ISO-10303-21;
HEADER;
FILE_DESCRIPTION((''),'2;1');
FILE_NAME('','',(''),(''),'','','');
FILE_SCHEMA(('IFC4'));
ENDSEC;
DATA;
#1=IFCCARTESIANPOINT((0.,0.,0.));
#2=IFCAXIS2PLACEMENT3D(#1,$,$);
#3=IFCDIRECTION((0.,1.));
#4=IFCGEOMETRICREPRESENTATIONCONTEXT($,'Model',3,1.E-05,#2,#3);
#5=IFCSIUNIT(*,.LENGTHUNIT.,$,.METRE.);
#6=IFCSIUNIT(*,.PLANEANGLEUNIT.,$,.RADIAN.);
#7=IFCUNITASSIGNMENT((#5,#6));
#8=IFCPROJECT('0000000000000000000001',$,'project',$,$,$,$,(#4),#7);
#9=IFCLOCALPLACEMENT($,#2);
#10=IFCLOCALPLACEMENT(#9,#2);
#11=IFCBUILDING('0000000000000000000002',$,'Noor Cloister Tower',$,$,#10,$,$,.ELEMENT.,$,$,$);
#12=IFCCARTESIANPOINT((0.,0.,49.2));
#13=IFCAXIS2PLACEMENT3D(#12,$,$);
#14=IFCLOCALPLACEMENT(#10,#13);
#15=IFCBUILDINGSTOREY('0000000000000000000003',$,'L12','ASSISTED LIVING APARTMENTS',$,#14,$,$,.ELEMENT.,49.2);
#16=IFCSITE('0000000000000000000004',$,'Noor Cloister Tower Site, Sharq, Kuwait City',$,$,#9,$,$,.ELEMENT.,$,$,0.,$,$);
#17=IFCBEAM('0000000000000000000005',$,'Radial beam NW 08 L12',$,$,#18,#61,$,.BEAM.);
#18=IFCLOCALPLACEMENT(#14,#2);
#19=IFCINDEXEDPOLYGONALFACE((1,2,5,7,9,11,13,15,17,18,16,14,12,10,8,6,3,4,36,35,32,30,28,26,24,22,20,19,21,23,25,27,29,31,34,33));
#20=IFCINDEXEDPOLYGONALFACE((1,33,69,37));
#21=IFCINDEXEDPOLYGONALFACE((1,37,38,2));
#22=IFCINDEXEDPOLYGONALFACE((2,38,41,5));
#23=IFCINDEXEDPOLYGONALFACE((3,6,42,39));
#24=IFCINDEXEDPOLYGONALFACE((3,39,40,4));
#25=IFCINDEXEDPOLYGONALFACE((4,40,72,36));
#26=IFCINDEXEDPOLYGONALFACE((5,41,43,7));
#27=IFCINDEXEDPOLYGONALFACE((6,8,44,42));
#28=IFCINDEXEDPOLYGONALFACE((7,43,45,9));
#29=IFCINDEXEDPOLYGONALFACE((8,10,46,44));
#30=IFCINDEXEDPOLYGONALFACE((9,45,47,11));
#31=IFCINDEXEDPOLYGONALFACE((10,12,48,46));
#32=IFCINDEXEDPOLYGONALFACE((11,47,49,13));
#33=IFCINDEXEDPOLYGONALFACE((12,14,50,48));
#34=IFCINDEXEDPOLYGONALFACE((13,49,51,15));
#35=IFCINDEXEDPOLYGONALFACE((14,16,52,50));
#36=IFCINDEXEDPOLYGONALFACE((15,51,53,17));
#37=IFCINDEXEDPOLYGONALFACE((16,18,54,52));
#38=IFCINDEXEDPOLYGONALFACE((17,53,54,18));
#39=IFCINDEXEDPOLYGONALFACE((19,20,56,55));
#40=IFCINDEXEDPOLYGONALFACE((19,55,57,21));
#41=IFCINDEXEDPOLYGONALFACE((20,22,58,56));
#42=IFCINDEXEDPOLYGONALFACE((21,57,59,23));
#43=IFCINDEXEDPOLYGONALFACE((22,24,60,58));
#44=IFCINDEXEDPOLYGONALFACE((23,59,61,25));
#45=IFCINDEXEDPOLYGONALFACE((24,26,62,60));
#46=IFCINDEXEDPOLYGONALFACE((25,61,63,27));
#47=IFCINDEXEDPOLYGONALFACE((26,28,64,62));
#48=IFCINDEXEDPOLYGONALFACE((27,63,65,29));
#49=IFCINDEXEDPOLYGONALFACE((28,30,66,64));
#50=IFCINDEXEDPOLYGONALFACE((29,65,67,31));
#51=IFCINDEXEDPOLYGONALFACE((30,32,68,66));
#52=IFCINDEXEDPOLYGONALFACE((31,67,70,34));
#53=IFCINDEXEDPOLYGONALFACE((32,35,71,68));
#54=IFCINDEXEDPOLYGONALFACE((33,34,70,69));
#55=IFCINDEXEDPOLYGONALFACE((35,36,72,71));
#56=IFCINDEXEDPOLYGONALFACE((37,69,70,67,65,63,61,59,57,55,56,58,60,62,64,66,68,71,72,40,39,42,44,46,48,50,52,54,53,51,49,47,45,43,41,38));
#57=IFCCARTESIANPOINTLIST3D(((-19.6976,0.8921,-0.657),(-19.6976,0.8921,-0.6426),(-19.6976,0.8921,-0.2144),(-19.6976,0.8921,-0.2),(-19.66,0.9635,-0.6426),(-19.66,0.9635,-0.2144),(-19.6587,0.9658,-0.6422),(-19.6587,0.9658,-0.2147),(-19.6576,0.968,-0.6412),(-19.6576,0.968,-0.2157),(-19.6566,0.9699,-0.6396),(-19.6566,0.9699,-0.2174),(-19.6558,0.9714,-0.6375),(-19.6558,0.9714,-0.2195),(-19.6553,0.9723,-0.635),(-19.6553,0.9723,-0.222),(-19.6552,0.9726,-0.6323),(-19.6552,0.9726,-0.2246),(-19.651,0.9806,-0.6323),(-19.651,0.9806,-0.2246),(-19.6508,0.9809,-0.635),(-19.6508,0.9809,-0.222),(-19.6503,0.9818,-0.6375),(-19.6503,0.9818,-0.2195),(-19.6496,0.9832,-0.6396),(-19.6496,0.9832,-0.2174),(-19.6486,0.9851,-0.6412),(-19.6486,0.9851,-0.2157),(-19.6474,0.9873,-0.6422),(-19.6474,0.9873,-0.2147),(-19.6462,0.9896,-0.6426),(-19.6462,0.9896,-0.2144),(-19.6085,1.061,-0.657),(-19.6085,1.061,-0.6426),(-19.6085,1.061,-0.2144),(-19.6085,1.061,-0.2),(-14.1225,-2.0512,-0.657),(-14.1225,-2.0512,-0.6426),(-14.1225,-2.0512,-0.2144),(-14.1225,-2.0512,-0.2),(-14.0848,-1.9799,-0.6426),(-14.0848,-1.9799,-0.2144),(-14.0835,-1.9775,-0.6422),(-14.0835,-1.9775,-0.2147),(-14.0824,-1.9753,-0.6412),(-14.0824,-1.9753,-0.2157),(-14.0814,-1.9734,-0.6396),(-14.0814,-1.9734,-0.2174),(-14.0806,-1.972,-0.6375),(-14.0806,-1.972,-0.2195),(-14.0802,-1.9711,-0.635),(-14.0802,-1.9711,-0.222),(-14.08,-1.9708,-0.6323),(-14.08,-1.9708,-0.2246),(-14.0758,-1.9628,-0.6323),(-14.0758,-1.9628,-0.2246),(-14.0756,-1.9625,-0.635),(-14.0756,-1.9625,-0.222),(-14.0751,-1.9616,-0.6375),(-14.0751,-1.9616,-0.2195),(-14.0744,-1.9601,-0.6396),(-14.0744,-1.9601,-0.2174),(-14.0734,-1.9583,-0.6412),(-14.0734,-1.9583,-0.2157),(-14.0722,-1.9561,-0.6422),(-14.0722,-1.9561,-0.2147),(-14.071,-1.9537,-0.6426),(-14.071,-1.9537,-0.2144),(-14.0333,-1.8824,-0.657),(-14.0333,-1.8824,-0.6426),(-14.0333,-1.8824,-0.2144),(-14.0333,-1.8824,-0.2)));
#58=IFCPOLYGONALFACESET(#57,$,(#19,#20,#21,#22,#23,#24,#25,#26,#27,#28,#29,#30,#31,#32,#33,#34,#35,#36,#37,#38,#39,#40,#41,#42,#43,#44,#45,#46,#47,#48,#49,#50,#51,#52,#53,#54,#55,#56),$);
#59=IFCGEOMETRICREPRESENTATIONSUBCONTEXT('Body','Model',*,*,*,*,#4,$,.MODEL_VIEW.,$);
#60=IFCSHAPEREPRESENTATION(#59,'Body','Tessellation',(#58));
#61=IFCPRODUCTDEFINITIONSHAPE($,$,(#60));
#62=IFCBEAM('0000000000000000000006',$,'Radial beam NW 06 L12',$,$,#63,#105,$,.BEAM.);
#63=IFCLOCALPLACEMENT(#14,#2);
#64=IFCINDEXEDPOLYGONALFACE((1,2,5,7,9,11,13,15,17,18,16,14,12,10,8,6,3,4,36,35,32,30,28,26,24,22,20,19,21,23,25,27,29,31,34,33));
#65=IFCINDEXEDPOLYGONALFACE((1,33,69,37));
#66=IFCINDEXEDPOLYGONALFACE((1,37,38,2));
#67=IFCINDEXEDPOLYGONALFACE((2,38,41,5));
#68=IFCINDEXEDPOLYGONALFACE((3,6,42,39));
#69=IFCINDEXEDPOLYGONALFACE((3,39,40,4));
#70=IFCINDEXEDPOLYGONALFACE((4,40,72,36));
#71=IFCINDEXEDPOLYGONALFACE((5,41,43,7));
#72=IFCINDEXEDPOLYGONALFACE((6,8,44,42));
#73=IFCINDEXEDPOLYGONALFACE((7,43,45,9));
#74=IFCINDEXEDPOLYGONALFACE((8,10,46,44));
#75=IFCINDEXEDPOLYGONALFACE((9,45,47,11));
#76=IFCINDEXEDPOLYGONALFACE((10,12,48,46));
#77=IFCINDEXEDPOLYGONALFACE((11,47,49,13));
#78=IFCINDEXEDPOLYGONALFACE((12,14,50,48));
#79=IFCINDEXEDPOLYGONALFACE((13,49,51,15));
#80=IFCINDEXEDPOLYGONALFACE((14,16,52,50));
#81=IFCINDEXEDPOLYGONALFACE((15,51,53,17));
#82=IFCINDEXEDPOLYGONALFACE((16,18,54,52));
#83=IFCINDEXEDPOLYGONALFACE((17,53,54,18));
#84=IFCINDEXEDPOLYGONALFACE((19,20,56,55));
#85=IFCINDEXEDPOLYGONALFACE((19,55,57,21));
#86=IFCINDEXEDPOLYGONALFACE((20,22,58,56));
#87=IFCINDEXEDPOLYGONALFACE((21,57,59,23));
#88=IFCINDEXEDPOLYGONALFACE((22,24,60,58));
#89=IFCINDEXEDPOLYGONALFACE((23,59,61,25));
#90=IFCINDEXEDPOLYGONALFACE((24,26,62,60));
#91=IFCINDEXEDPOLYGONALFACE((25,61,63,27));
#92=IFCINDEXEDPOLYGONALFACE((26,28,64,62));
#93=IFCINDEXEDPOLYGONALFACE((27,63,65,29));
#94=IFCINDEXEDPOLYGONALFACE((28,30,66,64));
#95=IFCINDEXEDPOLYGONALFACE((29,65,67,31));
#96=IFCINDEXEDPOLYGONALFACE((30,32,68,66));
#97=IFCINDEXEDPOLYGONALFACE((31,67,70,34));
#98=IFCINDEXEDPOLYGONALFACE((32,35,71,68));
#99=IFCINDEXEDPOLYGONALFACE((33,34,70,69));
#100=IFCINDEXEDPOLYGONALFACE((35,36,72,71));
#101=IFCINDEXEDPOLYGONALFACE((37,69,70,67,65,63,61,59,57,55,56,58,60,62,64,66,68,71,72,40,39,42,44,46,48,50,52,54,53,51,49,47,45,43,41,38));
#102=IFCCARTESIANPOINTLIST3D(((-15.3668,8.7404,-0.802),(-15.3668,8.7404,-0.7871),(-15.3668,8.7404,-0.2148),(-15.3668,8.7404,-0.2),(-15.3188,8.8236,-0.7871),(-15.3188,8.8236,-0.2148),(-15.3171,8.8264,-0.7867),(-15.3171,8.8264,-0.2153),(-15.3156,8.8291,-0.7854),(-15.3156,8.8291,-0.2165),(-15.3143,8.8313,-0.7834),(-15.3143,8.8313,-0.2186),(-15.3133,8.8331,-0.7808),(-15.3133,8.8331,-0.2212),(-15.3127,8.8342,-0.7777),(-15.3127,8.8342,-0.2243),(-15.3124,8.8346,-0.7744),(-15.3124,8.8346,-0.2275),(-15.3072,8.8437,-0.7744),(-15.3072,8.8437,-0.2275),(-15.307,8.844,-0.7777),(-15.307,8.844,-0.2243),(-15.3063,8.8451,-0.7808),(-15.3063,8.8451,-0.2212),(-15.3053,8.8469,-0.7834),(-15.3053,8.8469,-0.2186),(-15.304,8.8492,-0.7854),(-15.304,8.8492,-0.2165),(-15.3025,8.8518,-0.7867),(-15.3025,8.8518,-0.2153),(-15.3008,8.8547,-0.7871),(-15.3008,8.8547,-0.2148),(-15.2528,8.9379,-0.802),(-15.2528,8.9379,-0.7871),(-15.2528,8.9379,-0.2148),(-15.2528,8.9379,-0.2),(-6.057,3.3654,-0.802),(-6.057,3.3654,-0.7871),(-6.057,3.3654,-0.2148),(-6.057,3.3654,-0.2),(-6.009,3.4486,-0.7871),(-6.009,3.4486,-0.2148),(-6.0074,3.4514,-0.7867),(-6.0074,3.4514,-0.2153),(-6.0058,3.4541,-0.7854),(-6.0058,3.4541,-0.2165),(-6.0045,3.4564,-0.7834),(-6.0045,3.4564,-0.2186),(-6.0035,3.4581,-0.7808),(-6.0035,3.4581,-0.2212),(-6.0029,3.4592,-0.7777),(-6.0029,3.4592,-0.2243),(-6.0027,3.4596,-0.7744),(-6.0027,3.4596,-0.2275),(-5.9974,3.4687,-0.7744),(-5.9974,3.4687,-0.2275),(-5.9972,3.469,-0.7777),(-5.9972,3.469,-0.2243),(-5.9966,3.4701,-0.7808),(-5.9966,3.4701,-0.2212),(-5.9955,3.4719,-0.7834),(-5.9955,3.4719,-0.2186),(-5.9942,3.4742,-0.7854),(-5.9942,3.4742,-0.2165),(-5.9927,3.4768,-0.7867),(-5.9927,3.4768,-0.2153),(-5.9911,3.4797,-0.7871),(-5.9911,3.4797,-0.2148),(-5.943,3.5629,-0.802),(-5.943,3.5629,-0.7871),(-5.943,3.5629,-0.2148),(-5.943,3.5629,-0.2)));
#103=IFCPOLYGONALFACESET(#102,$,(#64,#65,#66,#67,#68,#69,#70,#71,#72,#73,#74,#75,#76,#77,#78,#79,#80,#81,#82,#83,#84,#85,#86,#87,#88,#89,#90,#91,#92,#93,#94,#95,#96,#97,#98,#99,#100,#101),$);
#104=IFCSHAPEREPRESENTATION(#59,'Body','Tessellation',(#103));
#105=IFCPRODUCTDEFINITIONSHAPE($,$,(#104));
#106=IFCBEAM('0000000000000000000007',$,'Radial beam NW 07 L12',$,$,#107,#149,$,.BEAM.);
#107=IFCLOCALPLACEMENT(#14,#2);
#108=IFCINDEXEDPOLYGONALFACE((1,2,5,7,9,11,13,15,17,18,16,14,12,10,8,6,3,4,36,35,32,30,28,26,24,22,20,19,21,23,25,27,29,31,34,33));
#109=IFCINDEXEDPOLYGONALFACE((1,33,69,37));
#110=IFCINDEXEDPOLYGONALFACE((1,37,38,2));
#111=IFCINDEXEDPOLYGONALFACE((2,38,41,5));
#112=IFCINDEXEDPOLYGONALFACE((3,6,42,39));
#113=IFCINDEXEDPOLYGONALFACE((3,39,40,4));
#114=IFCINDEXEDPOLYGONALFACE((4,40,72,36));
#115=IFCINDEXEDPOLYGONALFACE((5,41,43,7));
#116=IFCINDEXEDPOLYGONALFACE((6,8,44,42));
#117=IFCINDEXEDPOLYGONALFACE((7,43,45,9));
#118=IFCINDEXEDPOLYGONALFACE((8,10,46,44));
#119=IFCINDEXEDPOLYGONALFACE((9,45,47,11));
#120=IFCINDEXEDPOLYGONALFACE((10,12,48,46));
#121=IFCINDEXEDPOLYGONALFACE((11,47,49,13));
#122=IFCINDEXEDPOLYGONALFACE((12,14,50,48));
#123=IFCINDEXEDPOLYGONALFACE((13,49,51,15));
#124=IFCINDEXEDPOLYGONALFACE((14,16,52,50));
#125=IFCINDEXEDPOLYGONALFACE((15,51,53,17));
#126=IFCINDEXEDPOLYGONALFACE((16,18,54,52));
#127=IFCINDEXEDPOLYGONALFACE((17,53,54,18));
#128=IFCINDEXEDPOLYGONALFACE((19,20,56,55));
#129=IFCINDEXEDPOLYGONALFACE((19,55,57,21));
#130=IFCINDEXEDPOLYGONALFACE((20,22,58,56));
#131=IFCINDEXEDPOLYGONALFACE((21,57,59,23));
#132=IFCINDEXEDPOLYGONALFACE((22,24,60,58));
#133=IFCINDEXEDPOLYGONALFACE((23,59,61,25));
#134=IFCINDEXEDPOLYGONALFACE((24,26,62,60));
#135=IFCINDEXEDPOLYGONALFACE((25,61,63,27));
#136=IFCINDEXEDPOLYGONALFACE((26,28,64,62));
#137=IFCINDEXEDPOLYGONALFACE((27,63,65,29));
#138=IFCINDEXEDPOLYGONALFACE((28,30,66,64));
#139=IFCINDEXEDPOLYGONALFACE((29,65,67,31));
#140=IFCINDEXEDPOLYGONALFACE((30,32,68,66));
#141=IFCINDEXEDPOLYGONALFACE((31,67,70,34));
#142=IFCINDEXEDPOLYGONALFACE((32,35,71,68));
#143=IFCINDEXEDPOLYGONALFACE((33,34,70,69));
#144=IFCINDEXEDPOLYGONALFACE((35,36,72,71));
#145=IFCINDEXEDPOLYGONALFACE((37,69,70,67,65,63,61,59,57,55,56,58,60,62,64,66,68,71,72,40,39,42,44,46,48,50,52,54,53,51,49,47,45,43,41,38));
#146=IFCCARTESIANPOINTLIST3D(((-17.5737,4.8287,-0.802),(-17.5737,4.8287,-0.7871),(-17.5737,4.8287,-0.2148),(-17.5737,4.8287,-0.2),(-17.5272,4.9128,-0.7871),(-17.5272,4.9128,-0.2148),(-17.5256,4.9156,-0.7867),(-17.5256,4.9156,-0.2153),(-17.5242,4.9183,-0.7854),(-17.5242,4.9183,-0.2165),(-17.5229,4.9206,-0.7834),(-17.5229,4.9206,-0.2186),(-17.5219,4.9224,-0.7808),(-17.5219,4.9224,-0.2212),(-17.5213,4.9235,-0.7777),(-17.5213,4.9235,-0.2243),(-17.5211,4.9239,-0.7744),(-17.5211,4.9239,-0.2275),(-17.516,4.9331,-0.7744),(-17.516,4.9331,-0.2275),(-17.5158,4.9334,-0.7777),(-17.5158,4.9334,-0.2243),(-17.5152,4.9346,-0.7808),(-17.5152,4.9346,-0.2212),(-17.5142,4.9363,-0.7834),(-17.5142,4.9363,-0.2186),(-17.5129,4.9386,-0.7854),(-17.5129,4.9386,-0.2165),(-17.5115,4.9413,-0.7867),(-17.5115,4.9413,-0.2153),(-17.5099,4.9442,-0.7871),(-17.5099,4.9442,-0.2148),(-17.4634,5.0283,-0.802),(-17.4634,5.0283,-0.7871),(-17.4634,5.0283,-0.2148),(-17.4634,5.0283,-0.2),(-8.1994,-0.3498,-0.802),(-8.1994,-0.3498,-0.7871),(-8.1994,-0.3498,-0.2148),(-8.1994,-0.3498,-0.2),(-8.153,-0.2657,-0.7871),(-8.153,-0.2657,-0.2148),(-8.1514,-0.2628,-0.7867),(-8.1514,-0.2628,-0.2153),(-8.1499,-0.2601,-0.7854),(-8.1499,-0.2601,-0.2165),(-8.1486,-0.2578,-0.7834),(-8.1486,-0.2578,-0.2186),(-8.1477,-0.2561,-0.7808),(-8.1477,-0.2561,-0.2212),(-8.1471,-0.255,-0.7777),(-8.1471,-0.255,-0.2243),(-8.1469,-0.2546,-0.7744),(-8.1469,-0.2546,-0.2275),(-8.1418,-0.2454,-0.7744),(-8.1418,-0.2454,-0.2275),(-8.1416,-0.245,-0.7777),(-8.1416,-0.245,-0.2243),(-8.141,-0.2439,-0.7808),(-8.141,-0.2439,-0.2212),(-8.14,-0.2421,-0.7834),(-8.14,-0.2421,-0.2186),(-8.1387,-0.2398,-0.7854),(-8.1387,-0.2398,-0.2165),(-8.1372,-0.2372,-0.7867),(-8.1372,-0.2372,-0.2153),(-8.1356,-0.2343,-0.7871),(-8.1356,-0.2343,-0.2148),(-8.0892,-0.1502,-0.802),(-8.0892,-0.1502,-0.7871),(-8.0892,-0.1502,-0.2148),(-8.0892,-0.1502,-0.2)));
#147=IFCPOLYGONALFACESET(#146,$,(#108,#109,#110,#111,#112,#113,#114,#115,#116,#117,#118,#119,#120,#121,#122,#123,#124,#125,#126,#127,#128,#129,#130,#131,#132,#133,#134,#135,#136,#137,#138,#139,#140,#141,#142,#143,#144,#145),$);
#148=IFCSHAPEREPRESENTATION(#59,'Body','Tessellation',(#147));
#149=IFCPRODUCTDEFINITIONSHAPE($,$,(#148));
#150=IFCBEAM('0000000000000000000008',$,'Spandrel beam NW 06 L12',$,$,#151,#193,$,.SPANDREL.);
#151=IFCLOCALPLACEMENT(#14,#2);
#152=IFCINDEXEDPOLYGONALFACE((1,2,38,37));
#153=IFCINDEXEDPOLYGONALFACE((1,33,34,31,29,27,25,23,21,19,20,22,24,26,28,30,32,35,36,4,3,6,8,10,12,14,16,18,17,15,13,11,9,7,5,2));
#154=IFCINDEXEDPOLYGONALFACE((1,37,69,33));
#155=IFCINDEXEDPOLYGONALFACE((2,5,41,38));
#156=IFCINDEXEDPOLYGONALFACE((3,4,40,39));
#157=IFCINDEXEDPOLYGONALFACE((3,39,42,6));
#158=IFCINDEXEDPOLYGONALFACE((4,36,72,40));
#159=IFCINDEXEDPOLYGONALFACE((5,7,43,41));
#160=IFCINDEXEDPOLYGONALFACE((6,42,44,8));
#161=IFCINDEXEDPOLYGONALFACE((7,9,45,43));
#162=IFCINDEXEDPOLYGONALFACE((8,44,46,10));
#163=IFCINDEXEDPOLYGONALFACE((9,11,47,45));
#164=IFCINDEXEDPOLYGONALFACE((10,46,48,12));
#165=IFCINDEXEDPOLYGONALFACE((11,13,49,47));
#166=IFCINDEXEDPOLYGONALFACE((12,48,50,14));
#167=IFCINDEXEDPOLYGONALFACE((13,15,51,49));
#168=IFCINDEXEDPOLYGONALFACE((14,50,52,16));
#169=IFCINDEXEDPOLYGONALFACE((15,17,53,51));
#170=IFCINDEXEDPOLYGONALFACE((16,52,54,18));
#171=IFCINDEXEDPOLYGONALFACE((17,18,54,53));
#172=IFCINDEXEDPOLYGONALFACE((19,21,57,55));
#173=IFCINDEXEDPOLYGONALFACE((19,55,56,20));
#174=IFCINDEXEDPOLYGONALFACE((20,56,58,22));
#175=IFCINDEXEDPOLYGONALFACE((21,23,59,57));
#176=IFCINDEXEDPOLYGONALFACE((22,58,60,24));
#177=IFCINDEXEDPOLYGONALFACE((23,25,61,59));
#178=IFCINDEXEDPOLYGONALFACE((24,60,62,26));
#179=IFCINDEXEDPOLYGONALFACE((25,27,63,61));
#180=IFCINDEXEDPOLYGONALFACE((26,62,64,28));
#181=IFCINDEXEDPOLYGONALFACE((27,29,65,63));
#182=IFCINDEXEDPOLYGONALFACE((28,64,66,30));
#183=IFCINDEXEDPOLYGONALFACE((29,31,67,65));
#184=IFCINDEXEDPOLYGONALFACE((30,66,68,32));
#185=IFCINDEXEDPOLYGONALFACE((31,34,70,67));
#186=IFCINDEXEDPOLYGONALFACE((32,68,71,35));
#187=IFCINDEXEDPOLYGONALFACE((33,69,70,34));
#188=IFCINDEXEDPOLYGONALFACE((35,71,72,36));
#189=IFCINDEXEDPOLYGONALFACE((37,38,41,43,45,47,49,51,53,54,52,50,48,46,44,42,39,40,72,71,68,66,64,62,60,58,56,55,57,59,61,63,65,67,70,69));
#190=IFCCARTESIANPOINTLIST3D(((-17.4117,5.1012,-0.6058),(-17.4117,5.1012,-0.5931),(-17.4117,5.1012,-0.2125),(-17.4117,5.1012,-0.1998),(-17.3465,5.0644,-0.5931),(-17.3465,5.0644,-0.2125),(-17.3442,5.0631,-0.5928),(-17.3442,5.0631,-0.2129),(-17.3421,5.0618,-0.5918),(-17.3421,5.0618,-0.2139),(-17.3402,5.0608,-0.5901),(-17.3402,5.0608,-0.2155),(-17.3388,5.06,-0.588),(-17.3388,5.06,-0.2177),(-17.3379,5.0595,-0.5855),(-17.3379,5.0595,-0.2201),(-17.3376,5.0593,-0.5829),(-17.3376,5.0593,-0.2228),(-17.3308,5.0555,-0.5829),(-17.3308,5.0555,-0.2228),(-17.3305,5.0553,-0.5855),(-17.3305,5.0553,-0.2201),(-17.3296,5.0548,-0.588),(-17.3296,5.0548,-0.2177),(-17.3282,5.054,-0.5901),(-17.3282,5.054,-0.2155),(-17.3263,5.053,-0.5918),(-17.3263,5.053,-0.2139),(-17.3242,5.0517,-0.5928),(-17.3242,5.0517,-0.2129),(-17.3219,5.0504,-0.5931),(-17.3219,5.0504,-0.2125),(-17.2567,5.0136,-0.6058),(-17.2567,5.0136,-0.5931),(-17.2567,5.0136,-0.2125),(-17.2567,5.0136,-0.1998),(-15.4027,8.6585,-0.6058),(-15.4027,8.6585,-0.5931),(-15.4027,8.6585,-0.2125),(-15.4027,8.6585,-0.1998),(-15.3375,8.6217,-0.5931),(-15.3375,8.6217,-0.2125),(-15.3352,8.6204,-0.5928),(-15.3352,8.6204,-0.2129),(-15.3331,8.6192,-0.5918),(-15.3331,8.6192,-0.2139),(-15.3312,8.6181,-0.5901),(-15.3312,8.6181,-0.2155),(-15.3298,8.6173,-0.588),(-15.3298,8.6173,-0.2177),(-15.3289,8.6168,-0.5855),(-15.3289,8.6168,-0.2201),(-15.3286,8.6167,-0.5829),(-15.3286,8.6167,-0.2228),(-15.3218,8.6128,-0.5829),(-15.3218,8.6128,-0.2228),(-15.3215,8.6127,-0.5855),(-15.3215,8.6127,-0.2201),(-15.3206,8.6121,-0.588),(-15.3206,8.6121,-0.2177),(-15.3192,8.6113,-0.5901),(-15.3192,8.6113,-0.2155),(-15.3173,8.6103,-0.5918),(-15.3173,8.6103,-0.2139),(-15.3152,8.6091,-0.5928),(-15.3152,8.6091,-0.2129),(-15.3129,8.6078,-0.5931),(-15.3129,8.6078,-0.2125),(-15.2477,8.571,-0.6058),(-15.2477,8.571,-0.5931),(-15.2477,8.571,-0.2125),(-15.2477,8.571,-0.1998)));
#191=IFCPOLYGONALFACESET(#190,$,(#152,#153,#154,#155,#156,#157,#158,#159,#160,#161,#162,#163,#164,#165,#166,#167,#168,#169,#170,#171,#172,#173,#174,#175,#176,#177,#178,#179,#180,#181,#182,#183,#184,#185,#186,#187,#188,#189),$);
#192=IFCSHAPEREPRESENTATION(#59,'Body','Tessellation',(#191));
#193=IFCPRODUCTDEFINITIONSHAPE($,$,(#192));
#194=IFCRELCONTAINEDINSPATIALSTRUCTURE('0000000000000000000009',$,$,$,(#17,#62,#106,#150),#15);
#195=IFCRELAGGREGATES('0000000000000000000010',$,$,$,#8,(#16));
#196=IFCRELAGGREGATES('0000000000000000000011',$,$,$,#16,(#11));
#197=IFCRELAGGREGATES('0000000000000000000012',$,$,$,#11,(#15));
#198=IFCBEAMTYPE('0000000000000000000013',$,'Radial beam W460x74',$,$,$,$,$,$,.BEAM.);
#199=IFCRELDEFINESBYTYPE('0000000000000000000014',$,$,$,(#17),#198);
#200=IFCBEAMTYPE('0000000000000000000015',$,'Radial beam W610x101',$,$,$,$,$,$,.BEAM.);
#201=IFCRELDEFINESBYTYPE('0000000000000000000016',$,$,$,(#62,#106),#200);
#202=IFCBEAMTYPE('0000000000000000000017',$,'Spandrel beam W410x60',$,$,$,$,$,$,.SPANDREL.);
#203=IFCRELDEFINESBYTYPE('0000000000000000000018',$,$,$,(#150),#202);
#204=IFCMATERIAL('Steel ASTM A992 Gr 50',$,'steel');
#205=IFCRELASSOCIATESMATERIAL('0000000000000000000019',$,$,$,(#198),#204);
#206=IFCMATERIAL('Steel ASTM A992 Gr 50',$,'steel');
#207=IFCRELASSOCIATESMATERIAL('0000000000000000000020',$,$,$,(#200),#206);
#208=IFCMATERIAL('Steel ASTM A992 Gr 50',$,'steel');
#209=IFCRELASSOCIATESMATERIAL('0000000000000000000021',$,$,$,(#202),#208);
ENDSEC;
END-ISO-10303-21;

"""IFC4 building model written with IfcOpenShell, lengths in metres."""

from ifc_helpers import new_model, si_unit, direction, frame, origin, origin_2d, place, context, subcontext, project, spatial, i_section, extrude, material, material_profile, profile_set, type_object, element, save


model = new_model("IFC4")

# Units and contexts
model_context = context("Model", 3, precision=1e-05, world=origin(), true_north=direction((0.0, 1.0)))
body_context = subcontext(model_context, "Body", "Model", "MODEL_VIEW")
ifc_project = project(units=[si_unit("LENGTHUNIT", "METRE"), si_unit("PLANEANGLEUNIT", "RADIAN")], contexts=[model_context])

# Site, building, storey
site_placement = place(None, origin())
site = spatial("IfcSite", under=ifc_project, at=site_placement, Name="Noor Cloister Tower Site, Sharq, Kuwait City", CompositionType="ELEMENT", RefElevation=0.0)
building_placement = place(site_placement, origin())
building = spatial("IfcBuilding", under=site, at=building_placement, Name="Noor Cloister Tower", CompositionType="ELEMENT")
storey_placement = place(building_placement, frame((0.0, 0.0, 49.2)))
storey = spatial("IfcBuildingStorey", under=building, at=storey_placement, Name="L12", Description="ASSISTED LIVING APARTMENTS", CompositionType="ELEMENT", Elevation=49.2)

# Beams
ifc_material_1 = material(Name="Steel ASTM A992 Gr 50", Category="steel")
ifc_material_profile_1 = material_profile(ifc_material_1, i_section(OverallWidth=0.1909, OverallDepth=0.457, WebThickness=0.009, FlangeThickness=0.0144, FilletRadius=0.0103, at=origin_2d()), Name="W460x74")
ifc_profile_set_1 = profile_set([ifc_material_profile_1], Name="Steel ASTM A992 Gr 50")
beam_type_1 = type_object("IfcBeamType", Name="Radial beam W460x74", PredefinedType="BEAM", material=ifc_profile_set_1)
beam_1_placement = place(storey_placement, frame((-19.6531, 0.9766, -0.4285), z_axis=(0.884326, -0.46687, 0.0), x_axis=(0.46687, 0.884326, 0.0)))
element("IfcBeam", 1, at=beam_1_placement, inside=storey, type_object=beam_type_1, Name="Radial beam NW 08 L12", PredefinedType="BEAM", context=body_context, shape_type="SweptSolid", body=[
    extrude(i_section(OverallWidth=0.1909, OverallDepth=0.457, WebThickness=0.009, FlangeThickness=0.0144, FilletRadius=0.0103, at=origin_2d()), origin(), (0.0, 0.0, 1.0), 6.3044),
])
ifc_material_2 = material(Name="Steel ASTM A992 Gr 50", Category="steel")
ifc_material_profile_2 = material_profile(ifc_material_2, i_section(OverallWidth=0.228, OverallDepth=0.6021, WebThickness=0.0105, FlangeThickness=0.0149, FilletRadius=0.0127, at=origin_2d()), Name="W610x101")
ifc_profile_set_2 = profile_set([ifc_material_profile_2], Name="Steel ASTM A992 Gr 50")
beam_type_2 = type_object("IfcBeamType", Name="Radial beam W610x101", PredefinedType="BEAM", material=ifc_profile_set_2)
beam_2_placement = place(storey_placement, frame((-15.3098, 8.8391, -0.501), z_axis=(0.866026, -0.499998, 0.0), x_axis=(0.499998, 0.866026, 0.0)))
element("IfcBeam", 2, at=beam_2_placement, inside=storey, type_object=beam_type_2, Name="Radial beam NW 06 L12", PredefinedType="BEAM", context=body_context, shape_type="SweptSolid", body=[
    extrude(i_section(OverallWidth=0.228, OverallDepth=0.6021, WebThickness=0.0105, FlangeThickness=0.0149, FilletRadius=0.0127, at=origin_2d()), origin(), (0.0, 0.0, 1.0), 10.75),
])
beam_3_placement = place(storey_placement, frame((-17.5186, 4.9285, -0.501), z_axis=(0.875323, -0.48354, 0.0), x_axis=(0.48354, 0.875323, 0.0)))
element("IfcBeam", 3, at=beam_3_placement, inside=storey, type_object=beam_type_2, Name="Radial beam NW 07 L12", PredefinedType="BEAM", context=body_context, shape_type="SweptSolid", body=[
    extrude(i_section(OverallWidth=0.228, OverallDepth=0.6021, WebThickness=0.0105, FlangeThickness=0.0149, FilletRadius=0.0127, at=origin_2d()), origin(), (0.0, 0.0, 1.0), 10.7095),
])
ifc_material_3 = material(Name="Steel ASTM A992 Gr 50", Category="steel")
ifc_material_profile_3 = material_profile(ifc_material_3, i_section(OverallWidth=0.178, OverallDepth=0.406, WebThickness=0.0078, FlangeThickness=0.0127, FilletRadius=0.0103, at=origin_2d()), Name="W410x60")
ifc_profile_set_3 = profile_set([ifc_material_profile_3], Name="Steel ASTM A992 Gr 50")
beam_type_3 = type_object("IfcBeamType", Name="Spandrel beam W410x60", PredefinedType="SPANDREL", material=ifc_profile_set_3)
beam_4_placement = place(storey_placement, frame((-15.3252, 8.6147, -0.4028), z_axis=(-0.49175, -0.870736, 0.0), x_axis=(0.870736, -0.49175, 0.0)))
element("IfcBeam", 4, at=beam_4_placement, inside=storey, type_object=beam_type_3, Name="Spandrel beam NW 06 L12", PredefinedType="SPANDREL", context=body_context, shape_type="SweptSolid", body=[
    extrude(i_section(OverallWidth=0.178, OverallDepth=0.406, WebThickness=0.0078, FlangeThickness=0.0127, FilletRadius=0.0103, at=origin_2d()), origin(), (0.0, 0.0, 1.0), 4.0854),
])

save(model, "model.ifc")
